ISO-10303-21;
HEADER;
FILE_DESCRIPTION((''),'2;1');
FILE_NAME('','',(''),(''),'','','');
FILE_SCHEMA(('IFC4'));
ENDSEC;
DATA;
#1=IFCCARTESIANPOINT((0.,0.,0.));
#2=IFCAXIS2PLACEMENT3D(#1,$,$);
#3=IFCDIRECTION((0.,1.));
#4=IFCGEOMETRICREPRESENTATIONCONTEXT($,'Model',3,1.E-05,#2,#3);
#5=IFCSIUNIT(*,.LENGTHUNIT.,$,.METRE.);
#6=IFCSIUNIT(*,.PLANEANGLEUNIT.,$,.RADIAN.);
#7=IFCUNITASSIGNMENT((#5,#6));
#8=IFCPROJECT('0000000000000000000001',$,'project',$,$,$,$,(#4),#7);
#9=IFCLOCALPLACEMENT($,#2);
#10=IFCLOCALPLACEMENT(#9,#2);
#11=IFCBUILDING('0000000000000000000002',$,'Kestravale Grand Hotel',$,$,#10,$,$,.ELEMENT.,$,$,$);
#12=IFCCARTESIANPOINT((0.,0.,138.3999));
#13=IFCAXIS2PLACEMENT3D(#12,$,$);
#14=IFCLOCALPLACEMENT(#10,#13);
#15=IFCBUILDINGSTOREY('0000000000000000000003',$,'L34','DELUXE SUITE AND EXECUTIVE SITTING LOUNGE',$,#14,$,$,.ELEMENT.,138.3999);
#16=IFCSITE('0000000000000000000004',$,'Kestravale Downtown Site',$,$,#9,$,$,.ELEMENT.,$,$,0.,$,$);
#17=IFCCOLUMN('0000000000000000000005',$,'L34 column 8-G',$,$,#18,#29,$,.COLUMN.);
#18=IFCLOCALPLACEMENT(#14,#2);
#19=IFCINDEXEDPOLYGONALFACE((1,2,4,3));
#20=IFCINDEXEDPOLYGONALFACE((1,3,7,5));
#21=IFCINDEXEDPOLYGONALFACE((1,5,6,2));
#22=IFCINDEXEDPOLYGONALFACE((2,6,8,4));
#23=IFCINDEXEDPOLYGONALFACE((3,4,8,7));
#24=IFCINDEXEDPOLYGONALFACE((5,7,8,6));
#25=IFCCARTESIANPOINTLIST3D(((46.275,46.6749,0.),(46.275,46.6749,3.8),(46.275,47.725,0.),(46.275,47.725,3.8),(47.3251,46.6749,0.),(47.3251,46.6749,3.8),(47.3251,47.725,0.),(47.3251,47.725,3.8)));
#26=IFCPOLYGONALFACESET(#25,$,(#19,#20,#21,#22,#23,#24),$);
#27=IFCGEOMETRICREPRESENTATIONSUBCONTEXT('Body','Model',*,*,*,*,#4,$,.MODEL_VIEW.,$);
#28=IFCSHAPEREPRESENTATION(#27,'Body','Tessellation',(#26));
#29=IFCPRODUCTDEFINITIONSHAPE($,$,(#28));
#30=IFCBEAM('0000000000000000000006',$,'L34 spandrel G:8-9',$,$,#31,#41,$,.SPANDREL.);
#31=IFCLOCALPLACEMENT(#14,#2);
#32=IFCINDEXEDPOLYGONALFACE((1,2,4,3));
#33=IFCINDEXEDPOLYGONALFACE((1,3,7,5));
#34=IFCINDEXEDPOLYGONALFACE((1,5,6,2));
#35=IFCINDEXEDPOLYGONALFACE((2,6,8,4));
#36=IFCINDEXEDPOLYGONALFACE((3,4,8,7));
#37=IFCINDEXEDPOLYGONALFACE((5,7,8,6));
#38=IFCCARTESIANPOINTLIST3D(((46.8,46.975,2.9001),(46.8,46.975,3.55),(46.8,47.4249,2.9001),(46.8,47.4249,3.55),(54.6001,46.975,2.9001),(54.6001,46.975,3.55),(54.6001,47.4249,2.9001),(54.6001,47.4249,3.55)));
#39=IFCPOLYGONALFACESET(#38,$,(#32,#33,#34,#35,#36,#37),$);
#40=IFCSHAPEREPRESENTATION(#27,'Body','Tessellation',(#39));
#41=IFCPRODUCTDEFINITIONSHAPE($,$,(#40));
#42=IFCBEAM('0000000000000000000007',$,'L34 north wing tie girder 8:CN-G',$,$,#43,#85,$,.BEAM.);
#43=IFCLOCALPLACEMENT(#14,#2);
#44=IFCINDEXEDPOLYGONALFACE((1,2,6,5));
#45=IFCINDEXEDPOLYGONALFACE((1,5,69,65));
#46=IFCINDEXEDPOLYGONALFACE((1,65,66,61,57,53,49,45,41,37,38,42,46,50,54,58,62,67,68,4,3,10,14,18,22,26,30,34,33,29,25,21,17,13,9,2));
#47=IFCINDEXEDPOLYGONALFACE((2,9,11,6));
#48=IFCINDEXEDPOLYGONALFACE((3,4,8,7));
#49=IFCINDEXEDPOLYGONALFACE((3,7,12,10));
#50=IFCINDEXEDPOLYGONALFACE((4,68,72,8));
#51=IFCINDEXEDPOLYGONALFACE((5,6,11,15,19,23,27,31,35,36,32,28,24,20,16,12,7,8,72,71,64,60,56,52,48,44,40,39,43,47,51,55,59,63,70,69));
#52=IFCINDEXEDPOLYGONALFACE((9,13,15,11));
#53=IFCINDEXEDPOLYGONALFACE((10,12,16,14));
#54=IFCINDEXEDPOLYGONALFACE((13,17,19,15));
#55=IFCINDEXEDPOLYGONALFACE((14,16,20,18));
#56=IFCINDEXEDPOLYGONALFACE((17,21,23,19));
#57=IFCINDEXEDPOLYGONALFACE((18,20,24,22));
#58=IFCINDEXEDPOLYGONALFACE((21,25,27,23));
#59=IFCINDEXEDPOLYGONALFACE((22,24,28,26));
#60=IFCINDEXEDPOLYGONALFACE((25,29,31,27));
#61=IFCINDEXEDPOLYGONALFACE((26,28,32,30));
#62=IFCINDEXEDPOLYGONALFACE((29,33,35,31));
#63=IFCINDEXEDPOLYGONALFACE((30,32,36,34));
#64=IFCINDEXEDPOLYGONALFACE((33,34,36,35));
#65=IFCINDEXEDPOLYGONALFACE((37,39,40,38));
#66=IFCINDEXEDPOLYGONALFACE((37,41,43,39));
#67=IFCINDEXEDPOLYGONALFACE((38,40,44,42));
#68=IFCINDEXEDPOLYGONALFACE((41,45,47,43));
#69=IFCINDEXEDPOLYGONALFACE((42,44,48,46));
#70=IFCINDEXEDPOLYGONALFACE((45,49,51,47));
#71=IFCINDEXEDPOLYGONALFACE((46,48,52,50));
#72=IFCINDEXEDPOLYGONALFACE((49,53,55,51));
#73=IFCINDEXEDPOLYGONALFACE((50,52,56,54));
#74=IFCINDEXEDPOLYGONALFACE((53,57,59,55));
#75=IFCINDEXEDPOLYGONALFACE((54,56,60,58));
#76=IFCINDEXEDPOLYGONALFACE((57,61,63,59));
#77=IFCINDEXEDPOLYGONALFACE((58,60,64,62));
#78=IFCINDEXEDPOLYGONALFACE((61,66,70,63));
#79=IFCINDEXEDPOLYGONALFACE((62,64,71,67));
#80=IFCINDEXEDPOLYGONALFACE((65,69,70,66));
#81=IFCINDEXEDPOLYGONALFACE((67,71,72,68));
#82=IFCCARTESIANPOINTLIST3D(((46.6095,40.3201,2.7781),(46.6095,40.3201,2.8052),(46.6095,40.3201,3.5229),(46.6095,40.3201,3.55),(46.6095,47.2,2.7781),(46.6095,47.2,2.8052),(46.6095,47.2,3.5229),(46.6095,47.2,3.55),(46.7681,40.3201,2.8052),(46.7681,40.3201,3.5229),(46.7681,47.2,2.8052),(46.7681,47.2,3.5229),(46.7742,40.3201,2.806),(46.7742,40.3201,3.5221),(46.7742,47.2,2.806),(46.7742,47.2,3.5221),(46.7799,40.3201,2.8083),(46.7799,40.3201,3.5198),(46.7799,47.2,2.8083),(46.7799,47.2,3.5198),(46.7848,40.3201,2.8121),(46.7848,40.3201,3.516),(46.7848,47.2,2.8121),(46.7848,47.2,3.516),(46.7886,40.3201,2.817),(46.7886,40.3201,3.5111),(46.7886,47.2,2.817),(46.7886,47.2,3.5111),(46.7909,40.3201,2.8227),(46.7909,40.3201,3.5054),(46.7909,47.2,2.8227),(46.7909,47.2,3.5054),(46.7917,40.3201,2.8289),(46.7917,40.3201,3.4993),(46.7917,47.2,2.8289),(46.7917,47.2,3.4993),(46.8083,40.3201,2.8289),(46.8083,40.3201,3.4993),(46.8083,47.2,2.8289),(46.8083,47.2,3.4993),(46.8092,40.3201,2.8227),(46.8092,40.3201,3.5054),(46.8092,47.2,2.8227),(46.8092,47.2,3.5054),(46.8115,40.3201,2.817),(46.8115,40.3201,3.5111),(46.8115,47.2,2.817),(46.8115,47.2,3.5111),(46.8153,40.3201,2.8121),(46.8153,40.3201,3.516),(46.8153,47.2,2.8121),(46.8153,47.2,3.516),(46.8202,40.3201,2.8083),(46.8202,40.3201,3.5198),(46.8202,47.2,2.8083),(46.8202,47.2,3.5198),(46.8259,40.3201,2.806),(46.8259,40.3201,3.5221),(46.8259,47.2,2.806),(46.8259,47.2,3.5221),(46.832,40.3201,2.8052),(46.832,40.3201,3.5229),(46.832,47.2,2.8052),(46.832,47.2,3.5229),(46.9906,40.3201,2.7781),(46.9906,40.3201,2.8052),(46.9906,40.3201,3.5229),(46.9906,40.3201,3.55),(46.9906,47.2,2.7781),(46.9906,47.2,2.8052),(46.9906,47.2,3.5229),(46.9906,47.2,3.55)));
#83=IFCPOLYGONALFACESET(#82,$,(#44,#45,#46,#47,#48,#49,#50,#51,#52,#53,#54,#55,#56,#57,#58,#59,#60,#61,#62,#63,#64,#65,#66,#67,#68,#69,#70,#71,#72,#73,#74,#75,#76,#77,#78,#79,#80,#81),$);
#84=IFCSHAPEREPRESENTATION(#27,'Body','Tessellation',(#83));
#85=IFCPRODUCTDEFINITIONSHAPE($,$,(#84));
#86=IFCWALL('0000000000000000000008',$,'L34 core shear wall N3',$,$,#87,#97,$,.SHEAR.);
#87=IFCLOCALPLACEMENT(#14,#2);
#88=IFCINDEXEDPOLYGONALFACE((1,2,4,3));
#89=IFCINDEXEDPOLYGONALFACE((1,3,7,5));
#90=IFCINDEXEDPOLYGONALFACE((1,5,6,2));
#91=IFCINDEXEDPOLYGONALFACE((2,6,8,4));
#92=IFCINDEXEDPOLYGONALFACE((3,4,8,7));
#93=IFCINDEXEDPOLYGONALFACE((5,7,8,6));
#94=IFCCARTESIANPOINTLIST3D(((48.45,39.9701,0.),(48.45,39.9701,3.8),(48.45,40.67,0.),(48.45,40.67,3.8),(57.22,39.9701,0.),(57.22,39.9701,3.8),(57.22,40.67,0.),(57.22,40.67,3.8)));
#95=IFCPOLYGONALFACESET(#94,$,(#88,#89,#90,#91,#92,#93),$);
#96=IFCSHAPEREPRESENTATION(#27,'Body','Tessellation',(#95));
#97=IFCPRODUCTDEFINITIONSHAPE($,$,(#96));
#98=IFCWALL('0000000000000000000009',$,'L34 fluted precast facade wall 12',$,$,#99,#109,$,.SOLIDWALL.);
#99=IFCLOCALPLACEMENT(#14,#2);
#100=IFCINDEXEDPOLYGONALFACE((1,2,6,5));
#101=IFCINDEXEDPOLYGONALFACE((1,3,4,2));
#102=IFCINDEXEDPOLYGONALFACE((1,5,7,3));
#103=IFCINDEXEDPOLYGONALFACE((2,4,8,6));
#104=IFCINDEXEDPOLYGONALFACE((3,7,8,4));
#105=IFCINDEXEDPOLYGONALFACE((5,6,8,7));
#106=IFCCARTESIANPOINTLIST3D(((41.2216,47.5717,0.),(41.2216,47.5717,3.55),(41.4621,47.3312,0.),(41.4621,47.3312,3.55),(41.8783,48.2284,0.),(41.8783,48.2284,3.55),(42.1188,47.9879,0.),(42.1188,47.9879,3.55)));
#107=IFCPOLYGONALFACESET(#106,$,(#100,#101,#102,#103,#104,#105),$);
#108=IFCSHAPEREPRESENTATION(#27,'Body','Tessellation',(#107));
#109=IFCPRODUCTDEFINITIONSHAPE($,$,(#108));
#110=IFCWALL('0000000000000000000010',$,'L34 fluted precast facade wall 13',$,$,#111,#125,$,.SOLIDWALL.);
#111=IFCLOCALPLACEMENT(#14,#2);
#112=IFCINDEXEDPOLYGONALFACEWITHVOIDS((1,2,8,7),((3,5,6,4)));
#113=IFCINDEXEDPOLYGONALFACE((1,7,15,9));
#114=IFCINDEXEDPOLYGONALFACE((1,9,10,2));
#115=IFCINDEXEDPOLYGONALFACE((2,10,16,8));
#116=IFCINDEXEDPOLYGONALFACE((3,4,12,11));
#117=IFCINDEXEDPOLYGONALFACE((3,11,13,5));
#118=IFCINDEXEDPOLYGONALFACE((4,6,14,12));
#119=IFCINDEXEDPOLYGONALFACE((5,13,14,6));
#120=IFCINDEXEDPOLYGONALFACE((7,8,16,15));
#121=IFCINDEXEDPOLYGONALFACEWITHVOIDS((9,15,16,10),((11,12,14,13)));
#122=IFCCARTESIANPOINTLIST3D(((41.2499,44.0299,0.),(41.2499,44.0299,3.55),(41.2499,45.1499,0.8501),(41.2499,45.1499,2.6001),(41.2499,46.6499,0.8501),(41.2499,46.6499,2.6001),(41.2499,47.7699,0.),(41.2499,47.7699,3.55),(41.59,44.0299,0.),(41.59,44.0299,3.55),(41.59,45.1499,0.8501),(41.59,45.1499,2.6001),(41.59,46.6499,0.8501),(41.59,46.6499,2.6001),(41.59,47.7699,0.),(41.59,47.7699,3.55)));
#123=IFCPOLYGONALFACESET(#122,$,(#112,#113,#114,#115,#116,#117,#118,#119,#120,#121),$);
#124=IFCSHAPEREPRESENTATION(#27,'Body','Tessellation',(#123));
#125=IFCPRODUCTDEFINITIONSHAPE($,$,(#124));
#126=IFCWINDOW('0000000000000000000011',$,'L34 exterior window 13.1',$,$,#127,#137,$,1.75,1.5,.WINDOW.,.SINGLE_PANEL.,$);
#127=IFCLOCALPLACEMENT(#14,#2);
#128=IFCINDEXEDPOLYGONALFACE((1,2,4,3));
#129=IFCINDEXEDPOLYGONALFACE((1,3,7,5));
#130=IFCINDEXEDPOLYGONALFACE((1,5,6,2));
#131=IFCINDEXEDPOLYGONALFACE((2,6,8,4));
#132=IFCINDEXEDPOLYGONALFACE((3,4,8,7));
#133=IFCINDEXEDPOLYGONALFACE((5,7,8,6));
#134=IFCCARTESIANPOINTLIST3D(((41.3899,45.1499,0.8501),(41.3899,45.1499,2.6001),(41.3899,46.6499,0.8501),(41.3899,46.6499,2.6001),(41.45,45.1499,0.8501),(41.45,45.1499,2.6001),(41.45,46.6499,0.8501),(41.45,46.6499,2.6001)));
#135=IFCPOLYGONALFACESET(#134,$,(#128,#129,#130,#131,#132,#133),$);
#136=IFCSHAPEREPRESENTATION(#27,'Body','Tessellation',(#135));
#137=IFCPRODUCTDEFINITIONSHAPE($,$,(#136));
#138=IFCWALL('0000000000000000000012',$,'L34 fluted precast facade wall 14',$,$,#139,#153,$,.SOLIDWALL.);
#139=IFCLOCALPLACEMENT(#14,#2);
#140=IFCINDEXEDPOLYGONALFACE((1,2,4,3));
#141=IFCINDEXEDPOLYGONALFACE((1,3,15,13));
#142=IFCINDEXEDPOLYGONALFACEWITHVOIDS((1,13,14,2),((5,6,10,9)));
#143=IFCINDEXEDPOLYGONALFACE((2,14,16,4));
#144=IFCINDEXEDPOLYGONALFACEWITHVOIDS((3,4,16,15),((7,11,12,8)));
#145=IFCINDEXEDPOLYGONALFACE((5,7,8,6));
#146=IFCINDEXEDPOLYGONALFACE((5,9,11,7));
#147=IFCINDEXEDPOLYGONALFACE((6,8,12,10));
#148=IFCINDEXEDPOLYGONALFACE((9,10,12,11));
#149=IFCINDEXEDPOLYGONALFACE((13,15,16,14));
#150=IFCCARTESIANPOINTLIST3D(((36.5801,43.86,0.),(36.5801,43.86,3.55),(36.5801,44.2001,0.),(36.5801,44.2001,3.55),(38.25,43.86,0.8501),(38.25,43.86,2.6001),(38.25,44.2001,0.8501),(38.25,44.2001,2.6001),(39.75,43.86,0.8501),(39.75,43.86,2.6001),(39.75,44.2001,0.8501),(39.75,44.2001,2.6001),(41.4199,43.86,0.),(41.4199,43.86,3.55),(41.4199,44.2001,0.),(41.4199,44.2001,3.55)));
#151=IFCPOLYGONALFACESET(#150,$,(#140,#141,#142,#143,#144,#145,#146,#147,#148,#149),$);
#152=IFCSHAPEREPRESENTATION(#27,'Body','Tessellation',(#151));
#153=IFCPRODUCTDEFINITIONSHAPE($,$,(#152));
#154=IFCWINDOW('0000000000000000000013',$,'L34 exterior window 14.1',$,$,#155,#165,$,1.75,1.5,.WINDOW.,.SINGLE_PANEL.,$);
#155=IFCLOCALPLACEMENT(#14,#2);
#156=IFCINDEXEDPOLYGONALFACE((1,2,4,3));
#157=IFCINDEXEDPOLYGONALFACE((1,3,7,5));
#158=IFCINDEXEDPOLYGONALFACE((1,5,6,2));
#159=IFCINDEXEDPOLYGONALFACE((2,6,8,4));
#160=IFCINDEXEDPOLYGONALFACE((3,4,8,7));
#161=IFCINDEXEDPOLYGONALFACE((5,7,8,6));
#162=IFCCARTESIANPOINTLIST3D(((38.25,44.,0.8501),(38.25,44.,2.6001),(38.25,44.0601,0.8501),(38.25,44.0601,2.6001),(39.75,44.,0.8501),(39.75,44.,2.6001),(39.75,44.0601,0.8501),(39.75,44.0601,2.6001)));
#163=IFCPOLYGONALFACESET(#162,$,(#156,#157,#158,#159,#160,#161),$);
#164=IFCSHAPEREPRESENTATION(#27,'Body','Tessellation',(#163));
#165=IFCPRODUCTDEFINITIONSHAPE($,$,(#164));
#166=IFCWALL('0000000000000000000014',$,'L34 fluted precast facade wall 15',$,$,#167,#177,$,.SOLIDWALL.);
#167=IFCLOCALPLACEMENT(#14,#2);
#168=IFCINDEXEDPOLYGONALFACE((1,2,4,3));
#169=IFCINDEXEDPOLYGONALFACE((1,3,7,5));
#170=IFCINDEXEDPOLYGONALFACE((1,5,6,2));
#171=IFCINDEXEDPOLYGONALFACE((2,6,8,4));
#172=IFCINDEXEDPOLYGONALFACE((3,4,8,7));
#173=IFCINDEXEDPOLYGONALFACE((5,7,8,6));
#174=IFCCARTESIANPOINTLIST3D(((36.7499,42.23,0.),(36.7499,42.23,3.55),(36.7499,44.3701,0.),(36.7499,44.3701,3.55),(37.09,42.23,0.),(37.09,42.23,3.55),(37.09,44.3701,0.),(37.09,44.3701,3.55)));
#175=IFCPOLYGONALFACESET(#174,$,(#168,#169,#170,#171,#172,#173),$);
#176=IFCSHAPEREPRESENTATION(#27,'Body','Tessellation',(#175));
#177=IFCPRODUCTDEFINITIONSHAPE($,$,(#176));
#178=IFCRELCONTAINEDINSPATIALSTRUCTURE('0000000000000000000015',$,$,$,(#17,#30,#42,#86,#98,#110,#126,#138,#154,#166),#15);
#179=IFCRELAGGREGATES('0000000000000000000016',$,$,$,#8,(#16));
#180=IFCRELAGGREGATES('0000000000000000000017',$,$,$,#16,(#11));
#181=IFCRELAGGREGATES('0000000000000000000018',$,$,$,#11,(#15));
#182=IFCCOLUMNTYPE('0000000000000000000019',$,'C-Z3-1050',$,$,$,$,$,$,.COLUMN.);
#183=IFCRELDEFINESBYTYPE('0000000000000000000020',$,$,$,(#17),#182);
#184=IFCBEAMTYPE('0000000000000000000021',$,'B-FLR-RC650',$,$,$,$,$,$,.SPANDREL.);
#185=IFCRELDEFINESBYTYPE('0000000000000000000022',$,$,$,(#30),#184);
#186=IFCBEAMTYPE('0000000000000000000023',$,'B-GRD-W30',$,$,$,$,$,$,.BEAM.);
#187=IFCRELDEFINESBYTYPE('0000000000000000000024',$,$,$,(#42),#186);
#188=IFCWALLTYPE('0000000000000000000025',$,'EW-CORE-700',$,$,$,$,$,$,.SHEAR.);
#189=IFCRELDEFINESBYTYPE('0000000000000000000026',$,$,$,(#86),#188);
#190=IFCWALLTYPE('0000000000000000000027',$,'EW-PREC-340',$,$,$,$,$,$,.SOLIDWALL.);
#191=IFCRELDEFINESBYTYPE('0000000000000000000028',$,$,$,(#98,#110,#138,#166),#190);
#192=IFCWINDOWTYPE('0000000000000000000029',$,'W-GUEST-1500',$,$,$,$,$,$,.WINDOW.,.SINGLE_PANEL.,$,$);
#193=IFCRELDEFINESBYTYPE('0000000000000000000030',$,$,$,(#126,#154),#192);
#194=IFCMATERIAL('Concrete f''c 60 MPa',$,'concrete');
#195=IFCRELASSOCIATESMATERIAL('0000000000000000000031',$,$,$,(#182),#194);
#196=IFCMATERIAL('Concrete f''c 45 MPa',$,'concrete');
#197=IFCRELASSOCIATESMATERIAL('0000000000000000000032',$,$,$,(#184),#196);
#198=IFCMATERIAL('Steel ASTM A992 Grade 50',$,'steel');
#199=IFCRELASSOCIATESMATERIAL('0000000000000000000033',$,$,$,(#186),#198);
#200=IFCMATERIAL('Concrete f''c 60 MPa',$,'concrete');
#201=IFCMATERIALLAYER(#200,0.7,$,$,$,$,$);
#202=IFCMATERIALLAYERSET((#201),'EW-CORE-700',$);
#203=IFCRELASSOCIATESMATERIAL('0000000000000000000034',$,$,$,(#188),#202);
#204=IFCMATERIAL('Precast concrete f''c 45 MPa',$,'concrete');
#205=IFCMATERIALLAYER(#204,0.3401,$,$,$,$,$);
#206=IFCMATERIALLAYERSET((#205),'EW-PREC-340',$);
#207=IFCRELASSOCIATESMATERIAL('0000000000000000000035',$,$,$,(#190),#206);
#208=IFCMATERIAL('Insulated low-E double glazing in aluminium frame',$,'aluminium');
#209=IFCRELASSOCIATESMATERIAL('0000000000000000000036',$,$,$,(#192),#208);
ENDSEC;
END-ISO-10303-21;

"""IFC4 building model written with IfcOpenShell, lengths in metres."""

from ifc_helpers import new_model, si_unit, direction, frame, frame_2d, origin, origin_2d, place, context, subcontext, project, spatial, rectangle, i_section, extrude, material, layer, layer_set, material_profile, profile_set, type_object, element, fill, save


model = new_model("IFC4")

# Units and contexts
model_context = context("Model", 3, precision=1e-05, world=origin(), true_north=direction((0.0, 1.0)))
body_context = subcontext(model_context, "Body", "Model", "MODEL_VIEW")
ifc_project = project(units=[si_unit("LENGTHUNIT", "METRE"), si_unit("PLANEANGLEUNIT", "RADIAN")], contexts=[model_context])

# Site, building, storey
site_placement = place(None, origin())
site = spatial("IfcSite", under=ifc_project, at=site_placement, Name="Kestravale Downtown Site", CompositionType="ELEMENT", RefElevation=0.0)
building_placement = place(site_placement, origin())
building = spatial("IfcBuilding", under=site, at=building_placement, Name="Kestravale Grand Hotel", CompositionType="ELEMENT")
storey_placement = place(building_placement, frame((0.0, 0.0, 138.3999)))
storey = spatial("IfcBuildingStorey", under=building, at=storey_placement, Name="L34", Description="DELUXE SUITE AND EXECUTIVE SITTING LOUNGE", CompositionType="ELEMENT", Elevation=138.3999)

# Column
ifc_material_1 = material(Name="Concrete f'c 60 MPa", Category="concrete")
ifc_material_profile_1 = material_profile(ifc_material_1, rectangle(XDim=1.05, YDim=1.05, at=origin_2d()))
ifc_profile_set_1 = profile_set([ifc_material_profile_1], Name="Concrete f'c 60 MPa")
column_type = type_object("IfcColumnType", Name="C-Z3-1050", PredefinedType="COLUMN", material=ifc_profile_set_1)
column_placement = place(storey_placement, frame((46.8, 47.2, 0.0), z_axis=(0.0, 0.0, 1.0), x_axis=(1.0, 0.0, 0.0)))
element("IfcColumn", 1, at=column_placement, inside=storey, type_object=column_type, Name="L34 column 8-G", PredefinedType="COLUMN", context=body_context, shape_type="SweptSolid", body=[
    extrude(rectangle(XDim=1.05, YDim=1.05, at=origin_2d()), origin(), (0.0, 0.0, 1.0), 3.8),
])

# Beams
ifc_material_2 = material(Name="Concrete f'c 45 MPa", Category="concrete")
ifc_material_profile_2 = material_profile(ifc_material_2, rectangle(XDim=0.45, YDim=0.6499, at=origin_2d()))
ifc_profile_set_2 = profile_set([ifc_material_profile_2], Name="Concrete f'c 45 MPa")
beam_type_1 = type_object("IfcBeamType", Name="B-FLR-RC650", PredefinedType="SPANDREL", material=ifc_profile_set_2)
beam_1_placement = place(storey_placement, frame((46.8, 47.2, 3.2251), z_axis=(1.0, 0.0, 0.0), x_axis=(0.0, 1.0, 0.0)))
element("IfcBeam", 2, at=beam_1_placement, inside=storey, type_object=beam_type_1, Name="L34 spandrel G:8-9", PredefinedType="SPANDREL", context=body_context, shape_type="SweptSolid", body=[
    extrude(rectangle(XDim=0.45, YDim=0.6499, at=origin_2d()), origin(), (0.0, 0.0, 1.0), 7.8),
])
ifc_material_3 = material(Name="Steel ASTM A992 Grade 50", Category="steel")
ifc_material_profile_3 = material_profile(ifc_material_3, i_section(OverallWidth=0.3811, OverallDepth=0.772, WebThickness=0.0166, FlangeThickness=0.0271, FilletRadius=0.0237, at=origin_2d()))
ifc_profile_set_3 = profile_set([ifc_material_profile_3], Name="Steel ASTM A992 Grade 50")
beam_type_2 = type_object("IfcBeamType", Name="B-GRD-W30", PredefinedType="BEAM", material=ifc_profile_set_3)
beam_2_placement = place(storey_placement, frame((46.8, 40.3201, 3.1641), z_axis=(0.0, 1.0, 0.0), x_axis=(-1.0, 0.0, 0.0)))
element("IfcBeam", 3, at=beam_2_placement, inside=storey, type_object=beam_type_2, Name="L34 north wing tie girder 8:CN-G", PredefinedType="BEAM", context=body_context, shape_type="SweptSolid", body=[
    extrude(i_section(OverallWidth=0.3811, OverallDepth=0.772, WebThickness=0.0166, FlangeThickness=0.0271, FilletRadius=0.0237, at=origin_2d()), origin(), (0.0, 0.0, 1.0), 6.8799),
])

# Walls
ifc_material_4 = material(Name="Concrete f'c 60 MPa", Category="concrete")
ifc_layer_1 = layer(ifc_material_4, 0.7)
ifc_layer_set_1 = layer_set([ifc_layer_1], Name="EW-CORE-700")
wall_type_1 = type_object("IfcWallType", Name="EW-CORE-700", PredefinedType="SHEAR", material=ifc_layer_set_1)
wall_1_placement = place(storey_placement, frame((48.45, 40.3201, 0.0), z_axis=(0.0, 0.0, 1.0), x_axis=(1.0, 0.0, 0.0)))
element("IfcWall", 4, at=wall_1_placement, inside=storey, type_object=wall_type_1, Name="L34 core shear wall N3", PredefinedType="SHEAR", context=body_context, shape_type="SweptSolid", body=[
    extrude(rectangle(XDim=8.77, YDim=0.7, at=frame_2d((4.385, 0.0))), origin(), (0.0, 0.0, 1.0), 3.8),
])
ifc_material_5 = material(Name="Precast concrete f'c 45 MPa", Category="concrete")
ifc_layer_2 = layer(ifc_material_5, 0.3401)
ifc_layer_set_2 = layer_set([ifc_layer_2], Name="EW-PREC-340")
wall_type_2 = type_object("IfcWallType", Name="EW-PREC-340", PredefinedType="SOLIDWALL", material=ifc_layer_set_2)
wall_2_placement = place(storey_placement, frame((41.9985, 48.1082, 0.0), z_axis=(0.0, 0.0, 1.0), x_axis=(-0.707107, -0.707107, 0.0)))
element("IfcWall", 5, at=wall_2_placement, inside=storey, type_object=wall_type_2, Name="L34 fluted precast facade wall 12", PredefinedType="SOLIDWALL", context=body_context, shape_type="SweptSolid", body=[
    extrude(rectangle(XDim=0.9287, YDim=0.3401, at=frame_2d((0.4644, 0.0))), origin(), (0.0, 0.0, 1.0), 3.55),
])

# Walls, openings, windows
wall_3_placement = place(storey_placement, frame((41.4199, 47.77, 0.0), z_axis=(0.0, 0.0, 1.0), x_axis=(0.0, -1.0, 0.0)))
wall_3 = element("IfcWall", 6, at=wall_3_placement, inside=storey, type_object=wall_type_2, Name="L34 fluted precast facade wall 13", PredefinedType="SOLIDWALL", context=body_context, shape_type="SweptSolid", body=[
    extrude(rectangle(XDim=3.74, YDim=0.3401, at=frame_2d((1.8701, 0.0))), origin(), (0.0, 0.0, 1.0), 3.55),
])
opening_1_placement = place(wall_3_placement, frame((1.1201, 0.0, 0.8501)))
opening_1 = element("IfcOpeningElement", 7, at=opening_1_placement, cuts=wall_3, PredefinedType="OPENING", context=body_context, shape_type="SweptSolid", body=[
    extrude(rectangle(XDim=1.5, YDim=1.75, at=frame_2d((0.75, 0.875))), frame((0.0, 0.1799, 0.0), z_axis=(0.0, -1.0, 0.0), x_axis=(1.0, 0.0, 0.0)), (0.0, 0.0, 1.0), 0.3601),
])
ifc_material_6 = material(Name="Insulated low-E double glazing in aluminium frame", Category="aluminium")
window_type = type_object("IfcWindowType", Name="W-GUEST-1500", PartitioningType="SINGLE_PANEL", PredefinedType="WINDOW", material=ifc_material_6)
window_1_placement = place(opening_1_placement, origin())
window_1 = element("IfcWindow", 8, at=window_1_placement, inside=storey, type_object=window_type, Name="L34 exterior window 13.1", OverallHeight=1.75, OverallWidth=1.5, PartitioningType="SINGLE_PANEL", PredefinedType="WINDOW", context=body_context, shape_type="SweptSolid", body=[
    extrude(rectangle(XDim=1.5, YDim=1.75, at=frame_2d((0.75, 0.875))), frame((0.0, 0.03, 0.0), z_axis=(0.0, -1.0, 0.0), x_axis=(1.0, 0.0, 0.0)), (0.0, 0.0, 1.0), 0.0601),
])
fill(opening_1, window_1)
wall_4_placement = place(storey_placement, frame((41.4199, 44.03, 0.0), z_axis=(0.0, 0.0, 1.0), x_axis=(-1.0, 0.0, 0.0)))
wall_4 = element("IfcWall", 9, at=wall_4_placement, inside=storey, type_object=wall_type_2, Name="L34 fluted precast facade wall 14", PredefinedType="SOLIDWALL", context=body_context, shape_type="SweptSolid", body=[
    extrude(rectangle(XDim=4.8398, YDim=0.3401, at=frame_2d((2.4199, 0.0))), origin(), (0.0, 0.0, 1.0), 3.55),
])
opening_2_placement = place(wall_4_placement, frame((1.6699, 0.0, 0.8501)))
opening_2 = element("IfcOpeningElement", 10, at=opening_2_placement, cuts=wall_4, PredefinedType="OPENING", context=body_context, shape_type="SweptSolid", body=[
    extrude(rectangle(XDim=1.5, YDim=1.75, at=frame_2d((0.75, 0.875))), frame((0.0, 0.1799, 0.0), z_axis=(0.0, -1.0, 0.0), x_axis=(1.0, 0.0, 0.0)), (0.0, 0.0, 1.0), 0.3601),
])
window_2_placement = place(opening_2_placement, origin())
window_2 = element("IfcWindow", 11, at=window_2_placement, inside=storey, type_object=window_type, Name="L34 exterior window 14.1", OverallHeight=1.75, OverallWidth=1.5, PartitioningType="SINGLE_PANEL", PredefinedType="WINDOW", context=body_context, shape_type="SweptSolid", body=[
    extrude(rectangle(XDim=1.5, YDim=1.75, at=frame_2d((0.75, 0.875))), frame((0.0, 0.03, 0.0), z_axis=(0.0, -1.0, 0.0), x_axis=(1.0, 0.0, 0.0)), (0.0, 0.0, 1.0), 0.0601),
])
fill(opening_2, window_2)

# Wall
wall_5_placement = place(storey_placement, frame((36.9199, 44.3701, 0.0), z_axis=(0.0, 0.0, 1.0), x_axis=(0.0, -1.0, 0.0)))
element("IfcWall", 12, at=wall_5_placement, inside=storey, type_object=wall_type_2, Name="L34 fluted precast facade wall 15", PredefinedType="SOLIDWALL", context=body_context, shape_type="SweptSolid", body=[
    extrude(rectangle(XDim=2.1401, YDim=0.3401, at=frame_2d((1.0701, 0.0))), origin(), (0.0, 0.0, 1.0), 3.55),
])

save(model, "model.ifc")
